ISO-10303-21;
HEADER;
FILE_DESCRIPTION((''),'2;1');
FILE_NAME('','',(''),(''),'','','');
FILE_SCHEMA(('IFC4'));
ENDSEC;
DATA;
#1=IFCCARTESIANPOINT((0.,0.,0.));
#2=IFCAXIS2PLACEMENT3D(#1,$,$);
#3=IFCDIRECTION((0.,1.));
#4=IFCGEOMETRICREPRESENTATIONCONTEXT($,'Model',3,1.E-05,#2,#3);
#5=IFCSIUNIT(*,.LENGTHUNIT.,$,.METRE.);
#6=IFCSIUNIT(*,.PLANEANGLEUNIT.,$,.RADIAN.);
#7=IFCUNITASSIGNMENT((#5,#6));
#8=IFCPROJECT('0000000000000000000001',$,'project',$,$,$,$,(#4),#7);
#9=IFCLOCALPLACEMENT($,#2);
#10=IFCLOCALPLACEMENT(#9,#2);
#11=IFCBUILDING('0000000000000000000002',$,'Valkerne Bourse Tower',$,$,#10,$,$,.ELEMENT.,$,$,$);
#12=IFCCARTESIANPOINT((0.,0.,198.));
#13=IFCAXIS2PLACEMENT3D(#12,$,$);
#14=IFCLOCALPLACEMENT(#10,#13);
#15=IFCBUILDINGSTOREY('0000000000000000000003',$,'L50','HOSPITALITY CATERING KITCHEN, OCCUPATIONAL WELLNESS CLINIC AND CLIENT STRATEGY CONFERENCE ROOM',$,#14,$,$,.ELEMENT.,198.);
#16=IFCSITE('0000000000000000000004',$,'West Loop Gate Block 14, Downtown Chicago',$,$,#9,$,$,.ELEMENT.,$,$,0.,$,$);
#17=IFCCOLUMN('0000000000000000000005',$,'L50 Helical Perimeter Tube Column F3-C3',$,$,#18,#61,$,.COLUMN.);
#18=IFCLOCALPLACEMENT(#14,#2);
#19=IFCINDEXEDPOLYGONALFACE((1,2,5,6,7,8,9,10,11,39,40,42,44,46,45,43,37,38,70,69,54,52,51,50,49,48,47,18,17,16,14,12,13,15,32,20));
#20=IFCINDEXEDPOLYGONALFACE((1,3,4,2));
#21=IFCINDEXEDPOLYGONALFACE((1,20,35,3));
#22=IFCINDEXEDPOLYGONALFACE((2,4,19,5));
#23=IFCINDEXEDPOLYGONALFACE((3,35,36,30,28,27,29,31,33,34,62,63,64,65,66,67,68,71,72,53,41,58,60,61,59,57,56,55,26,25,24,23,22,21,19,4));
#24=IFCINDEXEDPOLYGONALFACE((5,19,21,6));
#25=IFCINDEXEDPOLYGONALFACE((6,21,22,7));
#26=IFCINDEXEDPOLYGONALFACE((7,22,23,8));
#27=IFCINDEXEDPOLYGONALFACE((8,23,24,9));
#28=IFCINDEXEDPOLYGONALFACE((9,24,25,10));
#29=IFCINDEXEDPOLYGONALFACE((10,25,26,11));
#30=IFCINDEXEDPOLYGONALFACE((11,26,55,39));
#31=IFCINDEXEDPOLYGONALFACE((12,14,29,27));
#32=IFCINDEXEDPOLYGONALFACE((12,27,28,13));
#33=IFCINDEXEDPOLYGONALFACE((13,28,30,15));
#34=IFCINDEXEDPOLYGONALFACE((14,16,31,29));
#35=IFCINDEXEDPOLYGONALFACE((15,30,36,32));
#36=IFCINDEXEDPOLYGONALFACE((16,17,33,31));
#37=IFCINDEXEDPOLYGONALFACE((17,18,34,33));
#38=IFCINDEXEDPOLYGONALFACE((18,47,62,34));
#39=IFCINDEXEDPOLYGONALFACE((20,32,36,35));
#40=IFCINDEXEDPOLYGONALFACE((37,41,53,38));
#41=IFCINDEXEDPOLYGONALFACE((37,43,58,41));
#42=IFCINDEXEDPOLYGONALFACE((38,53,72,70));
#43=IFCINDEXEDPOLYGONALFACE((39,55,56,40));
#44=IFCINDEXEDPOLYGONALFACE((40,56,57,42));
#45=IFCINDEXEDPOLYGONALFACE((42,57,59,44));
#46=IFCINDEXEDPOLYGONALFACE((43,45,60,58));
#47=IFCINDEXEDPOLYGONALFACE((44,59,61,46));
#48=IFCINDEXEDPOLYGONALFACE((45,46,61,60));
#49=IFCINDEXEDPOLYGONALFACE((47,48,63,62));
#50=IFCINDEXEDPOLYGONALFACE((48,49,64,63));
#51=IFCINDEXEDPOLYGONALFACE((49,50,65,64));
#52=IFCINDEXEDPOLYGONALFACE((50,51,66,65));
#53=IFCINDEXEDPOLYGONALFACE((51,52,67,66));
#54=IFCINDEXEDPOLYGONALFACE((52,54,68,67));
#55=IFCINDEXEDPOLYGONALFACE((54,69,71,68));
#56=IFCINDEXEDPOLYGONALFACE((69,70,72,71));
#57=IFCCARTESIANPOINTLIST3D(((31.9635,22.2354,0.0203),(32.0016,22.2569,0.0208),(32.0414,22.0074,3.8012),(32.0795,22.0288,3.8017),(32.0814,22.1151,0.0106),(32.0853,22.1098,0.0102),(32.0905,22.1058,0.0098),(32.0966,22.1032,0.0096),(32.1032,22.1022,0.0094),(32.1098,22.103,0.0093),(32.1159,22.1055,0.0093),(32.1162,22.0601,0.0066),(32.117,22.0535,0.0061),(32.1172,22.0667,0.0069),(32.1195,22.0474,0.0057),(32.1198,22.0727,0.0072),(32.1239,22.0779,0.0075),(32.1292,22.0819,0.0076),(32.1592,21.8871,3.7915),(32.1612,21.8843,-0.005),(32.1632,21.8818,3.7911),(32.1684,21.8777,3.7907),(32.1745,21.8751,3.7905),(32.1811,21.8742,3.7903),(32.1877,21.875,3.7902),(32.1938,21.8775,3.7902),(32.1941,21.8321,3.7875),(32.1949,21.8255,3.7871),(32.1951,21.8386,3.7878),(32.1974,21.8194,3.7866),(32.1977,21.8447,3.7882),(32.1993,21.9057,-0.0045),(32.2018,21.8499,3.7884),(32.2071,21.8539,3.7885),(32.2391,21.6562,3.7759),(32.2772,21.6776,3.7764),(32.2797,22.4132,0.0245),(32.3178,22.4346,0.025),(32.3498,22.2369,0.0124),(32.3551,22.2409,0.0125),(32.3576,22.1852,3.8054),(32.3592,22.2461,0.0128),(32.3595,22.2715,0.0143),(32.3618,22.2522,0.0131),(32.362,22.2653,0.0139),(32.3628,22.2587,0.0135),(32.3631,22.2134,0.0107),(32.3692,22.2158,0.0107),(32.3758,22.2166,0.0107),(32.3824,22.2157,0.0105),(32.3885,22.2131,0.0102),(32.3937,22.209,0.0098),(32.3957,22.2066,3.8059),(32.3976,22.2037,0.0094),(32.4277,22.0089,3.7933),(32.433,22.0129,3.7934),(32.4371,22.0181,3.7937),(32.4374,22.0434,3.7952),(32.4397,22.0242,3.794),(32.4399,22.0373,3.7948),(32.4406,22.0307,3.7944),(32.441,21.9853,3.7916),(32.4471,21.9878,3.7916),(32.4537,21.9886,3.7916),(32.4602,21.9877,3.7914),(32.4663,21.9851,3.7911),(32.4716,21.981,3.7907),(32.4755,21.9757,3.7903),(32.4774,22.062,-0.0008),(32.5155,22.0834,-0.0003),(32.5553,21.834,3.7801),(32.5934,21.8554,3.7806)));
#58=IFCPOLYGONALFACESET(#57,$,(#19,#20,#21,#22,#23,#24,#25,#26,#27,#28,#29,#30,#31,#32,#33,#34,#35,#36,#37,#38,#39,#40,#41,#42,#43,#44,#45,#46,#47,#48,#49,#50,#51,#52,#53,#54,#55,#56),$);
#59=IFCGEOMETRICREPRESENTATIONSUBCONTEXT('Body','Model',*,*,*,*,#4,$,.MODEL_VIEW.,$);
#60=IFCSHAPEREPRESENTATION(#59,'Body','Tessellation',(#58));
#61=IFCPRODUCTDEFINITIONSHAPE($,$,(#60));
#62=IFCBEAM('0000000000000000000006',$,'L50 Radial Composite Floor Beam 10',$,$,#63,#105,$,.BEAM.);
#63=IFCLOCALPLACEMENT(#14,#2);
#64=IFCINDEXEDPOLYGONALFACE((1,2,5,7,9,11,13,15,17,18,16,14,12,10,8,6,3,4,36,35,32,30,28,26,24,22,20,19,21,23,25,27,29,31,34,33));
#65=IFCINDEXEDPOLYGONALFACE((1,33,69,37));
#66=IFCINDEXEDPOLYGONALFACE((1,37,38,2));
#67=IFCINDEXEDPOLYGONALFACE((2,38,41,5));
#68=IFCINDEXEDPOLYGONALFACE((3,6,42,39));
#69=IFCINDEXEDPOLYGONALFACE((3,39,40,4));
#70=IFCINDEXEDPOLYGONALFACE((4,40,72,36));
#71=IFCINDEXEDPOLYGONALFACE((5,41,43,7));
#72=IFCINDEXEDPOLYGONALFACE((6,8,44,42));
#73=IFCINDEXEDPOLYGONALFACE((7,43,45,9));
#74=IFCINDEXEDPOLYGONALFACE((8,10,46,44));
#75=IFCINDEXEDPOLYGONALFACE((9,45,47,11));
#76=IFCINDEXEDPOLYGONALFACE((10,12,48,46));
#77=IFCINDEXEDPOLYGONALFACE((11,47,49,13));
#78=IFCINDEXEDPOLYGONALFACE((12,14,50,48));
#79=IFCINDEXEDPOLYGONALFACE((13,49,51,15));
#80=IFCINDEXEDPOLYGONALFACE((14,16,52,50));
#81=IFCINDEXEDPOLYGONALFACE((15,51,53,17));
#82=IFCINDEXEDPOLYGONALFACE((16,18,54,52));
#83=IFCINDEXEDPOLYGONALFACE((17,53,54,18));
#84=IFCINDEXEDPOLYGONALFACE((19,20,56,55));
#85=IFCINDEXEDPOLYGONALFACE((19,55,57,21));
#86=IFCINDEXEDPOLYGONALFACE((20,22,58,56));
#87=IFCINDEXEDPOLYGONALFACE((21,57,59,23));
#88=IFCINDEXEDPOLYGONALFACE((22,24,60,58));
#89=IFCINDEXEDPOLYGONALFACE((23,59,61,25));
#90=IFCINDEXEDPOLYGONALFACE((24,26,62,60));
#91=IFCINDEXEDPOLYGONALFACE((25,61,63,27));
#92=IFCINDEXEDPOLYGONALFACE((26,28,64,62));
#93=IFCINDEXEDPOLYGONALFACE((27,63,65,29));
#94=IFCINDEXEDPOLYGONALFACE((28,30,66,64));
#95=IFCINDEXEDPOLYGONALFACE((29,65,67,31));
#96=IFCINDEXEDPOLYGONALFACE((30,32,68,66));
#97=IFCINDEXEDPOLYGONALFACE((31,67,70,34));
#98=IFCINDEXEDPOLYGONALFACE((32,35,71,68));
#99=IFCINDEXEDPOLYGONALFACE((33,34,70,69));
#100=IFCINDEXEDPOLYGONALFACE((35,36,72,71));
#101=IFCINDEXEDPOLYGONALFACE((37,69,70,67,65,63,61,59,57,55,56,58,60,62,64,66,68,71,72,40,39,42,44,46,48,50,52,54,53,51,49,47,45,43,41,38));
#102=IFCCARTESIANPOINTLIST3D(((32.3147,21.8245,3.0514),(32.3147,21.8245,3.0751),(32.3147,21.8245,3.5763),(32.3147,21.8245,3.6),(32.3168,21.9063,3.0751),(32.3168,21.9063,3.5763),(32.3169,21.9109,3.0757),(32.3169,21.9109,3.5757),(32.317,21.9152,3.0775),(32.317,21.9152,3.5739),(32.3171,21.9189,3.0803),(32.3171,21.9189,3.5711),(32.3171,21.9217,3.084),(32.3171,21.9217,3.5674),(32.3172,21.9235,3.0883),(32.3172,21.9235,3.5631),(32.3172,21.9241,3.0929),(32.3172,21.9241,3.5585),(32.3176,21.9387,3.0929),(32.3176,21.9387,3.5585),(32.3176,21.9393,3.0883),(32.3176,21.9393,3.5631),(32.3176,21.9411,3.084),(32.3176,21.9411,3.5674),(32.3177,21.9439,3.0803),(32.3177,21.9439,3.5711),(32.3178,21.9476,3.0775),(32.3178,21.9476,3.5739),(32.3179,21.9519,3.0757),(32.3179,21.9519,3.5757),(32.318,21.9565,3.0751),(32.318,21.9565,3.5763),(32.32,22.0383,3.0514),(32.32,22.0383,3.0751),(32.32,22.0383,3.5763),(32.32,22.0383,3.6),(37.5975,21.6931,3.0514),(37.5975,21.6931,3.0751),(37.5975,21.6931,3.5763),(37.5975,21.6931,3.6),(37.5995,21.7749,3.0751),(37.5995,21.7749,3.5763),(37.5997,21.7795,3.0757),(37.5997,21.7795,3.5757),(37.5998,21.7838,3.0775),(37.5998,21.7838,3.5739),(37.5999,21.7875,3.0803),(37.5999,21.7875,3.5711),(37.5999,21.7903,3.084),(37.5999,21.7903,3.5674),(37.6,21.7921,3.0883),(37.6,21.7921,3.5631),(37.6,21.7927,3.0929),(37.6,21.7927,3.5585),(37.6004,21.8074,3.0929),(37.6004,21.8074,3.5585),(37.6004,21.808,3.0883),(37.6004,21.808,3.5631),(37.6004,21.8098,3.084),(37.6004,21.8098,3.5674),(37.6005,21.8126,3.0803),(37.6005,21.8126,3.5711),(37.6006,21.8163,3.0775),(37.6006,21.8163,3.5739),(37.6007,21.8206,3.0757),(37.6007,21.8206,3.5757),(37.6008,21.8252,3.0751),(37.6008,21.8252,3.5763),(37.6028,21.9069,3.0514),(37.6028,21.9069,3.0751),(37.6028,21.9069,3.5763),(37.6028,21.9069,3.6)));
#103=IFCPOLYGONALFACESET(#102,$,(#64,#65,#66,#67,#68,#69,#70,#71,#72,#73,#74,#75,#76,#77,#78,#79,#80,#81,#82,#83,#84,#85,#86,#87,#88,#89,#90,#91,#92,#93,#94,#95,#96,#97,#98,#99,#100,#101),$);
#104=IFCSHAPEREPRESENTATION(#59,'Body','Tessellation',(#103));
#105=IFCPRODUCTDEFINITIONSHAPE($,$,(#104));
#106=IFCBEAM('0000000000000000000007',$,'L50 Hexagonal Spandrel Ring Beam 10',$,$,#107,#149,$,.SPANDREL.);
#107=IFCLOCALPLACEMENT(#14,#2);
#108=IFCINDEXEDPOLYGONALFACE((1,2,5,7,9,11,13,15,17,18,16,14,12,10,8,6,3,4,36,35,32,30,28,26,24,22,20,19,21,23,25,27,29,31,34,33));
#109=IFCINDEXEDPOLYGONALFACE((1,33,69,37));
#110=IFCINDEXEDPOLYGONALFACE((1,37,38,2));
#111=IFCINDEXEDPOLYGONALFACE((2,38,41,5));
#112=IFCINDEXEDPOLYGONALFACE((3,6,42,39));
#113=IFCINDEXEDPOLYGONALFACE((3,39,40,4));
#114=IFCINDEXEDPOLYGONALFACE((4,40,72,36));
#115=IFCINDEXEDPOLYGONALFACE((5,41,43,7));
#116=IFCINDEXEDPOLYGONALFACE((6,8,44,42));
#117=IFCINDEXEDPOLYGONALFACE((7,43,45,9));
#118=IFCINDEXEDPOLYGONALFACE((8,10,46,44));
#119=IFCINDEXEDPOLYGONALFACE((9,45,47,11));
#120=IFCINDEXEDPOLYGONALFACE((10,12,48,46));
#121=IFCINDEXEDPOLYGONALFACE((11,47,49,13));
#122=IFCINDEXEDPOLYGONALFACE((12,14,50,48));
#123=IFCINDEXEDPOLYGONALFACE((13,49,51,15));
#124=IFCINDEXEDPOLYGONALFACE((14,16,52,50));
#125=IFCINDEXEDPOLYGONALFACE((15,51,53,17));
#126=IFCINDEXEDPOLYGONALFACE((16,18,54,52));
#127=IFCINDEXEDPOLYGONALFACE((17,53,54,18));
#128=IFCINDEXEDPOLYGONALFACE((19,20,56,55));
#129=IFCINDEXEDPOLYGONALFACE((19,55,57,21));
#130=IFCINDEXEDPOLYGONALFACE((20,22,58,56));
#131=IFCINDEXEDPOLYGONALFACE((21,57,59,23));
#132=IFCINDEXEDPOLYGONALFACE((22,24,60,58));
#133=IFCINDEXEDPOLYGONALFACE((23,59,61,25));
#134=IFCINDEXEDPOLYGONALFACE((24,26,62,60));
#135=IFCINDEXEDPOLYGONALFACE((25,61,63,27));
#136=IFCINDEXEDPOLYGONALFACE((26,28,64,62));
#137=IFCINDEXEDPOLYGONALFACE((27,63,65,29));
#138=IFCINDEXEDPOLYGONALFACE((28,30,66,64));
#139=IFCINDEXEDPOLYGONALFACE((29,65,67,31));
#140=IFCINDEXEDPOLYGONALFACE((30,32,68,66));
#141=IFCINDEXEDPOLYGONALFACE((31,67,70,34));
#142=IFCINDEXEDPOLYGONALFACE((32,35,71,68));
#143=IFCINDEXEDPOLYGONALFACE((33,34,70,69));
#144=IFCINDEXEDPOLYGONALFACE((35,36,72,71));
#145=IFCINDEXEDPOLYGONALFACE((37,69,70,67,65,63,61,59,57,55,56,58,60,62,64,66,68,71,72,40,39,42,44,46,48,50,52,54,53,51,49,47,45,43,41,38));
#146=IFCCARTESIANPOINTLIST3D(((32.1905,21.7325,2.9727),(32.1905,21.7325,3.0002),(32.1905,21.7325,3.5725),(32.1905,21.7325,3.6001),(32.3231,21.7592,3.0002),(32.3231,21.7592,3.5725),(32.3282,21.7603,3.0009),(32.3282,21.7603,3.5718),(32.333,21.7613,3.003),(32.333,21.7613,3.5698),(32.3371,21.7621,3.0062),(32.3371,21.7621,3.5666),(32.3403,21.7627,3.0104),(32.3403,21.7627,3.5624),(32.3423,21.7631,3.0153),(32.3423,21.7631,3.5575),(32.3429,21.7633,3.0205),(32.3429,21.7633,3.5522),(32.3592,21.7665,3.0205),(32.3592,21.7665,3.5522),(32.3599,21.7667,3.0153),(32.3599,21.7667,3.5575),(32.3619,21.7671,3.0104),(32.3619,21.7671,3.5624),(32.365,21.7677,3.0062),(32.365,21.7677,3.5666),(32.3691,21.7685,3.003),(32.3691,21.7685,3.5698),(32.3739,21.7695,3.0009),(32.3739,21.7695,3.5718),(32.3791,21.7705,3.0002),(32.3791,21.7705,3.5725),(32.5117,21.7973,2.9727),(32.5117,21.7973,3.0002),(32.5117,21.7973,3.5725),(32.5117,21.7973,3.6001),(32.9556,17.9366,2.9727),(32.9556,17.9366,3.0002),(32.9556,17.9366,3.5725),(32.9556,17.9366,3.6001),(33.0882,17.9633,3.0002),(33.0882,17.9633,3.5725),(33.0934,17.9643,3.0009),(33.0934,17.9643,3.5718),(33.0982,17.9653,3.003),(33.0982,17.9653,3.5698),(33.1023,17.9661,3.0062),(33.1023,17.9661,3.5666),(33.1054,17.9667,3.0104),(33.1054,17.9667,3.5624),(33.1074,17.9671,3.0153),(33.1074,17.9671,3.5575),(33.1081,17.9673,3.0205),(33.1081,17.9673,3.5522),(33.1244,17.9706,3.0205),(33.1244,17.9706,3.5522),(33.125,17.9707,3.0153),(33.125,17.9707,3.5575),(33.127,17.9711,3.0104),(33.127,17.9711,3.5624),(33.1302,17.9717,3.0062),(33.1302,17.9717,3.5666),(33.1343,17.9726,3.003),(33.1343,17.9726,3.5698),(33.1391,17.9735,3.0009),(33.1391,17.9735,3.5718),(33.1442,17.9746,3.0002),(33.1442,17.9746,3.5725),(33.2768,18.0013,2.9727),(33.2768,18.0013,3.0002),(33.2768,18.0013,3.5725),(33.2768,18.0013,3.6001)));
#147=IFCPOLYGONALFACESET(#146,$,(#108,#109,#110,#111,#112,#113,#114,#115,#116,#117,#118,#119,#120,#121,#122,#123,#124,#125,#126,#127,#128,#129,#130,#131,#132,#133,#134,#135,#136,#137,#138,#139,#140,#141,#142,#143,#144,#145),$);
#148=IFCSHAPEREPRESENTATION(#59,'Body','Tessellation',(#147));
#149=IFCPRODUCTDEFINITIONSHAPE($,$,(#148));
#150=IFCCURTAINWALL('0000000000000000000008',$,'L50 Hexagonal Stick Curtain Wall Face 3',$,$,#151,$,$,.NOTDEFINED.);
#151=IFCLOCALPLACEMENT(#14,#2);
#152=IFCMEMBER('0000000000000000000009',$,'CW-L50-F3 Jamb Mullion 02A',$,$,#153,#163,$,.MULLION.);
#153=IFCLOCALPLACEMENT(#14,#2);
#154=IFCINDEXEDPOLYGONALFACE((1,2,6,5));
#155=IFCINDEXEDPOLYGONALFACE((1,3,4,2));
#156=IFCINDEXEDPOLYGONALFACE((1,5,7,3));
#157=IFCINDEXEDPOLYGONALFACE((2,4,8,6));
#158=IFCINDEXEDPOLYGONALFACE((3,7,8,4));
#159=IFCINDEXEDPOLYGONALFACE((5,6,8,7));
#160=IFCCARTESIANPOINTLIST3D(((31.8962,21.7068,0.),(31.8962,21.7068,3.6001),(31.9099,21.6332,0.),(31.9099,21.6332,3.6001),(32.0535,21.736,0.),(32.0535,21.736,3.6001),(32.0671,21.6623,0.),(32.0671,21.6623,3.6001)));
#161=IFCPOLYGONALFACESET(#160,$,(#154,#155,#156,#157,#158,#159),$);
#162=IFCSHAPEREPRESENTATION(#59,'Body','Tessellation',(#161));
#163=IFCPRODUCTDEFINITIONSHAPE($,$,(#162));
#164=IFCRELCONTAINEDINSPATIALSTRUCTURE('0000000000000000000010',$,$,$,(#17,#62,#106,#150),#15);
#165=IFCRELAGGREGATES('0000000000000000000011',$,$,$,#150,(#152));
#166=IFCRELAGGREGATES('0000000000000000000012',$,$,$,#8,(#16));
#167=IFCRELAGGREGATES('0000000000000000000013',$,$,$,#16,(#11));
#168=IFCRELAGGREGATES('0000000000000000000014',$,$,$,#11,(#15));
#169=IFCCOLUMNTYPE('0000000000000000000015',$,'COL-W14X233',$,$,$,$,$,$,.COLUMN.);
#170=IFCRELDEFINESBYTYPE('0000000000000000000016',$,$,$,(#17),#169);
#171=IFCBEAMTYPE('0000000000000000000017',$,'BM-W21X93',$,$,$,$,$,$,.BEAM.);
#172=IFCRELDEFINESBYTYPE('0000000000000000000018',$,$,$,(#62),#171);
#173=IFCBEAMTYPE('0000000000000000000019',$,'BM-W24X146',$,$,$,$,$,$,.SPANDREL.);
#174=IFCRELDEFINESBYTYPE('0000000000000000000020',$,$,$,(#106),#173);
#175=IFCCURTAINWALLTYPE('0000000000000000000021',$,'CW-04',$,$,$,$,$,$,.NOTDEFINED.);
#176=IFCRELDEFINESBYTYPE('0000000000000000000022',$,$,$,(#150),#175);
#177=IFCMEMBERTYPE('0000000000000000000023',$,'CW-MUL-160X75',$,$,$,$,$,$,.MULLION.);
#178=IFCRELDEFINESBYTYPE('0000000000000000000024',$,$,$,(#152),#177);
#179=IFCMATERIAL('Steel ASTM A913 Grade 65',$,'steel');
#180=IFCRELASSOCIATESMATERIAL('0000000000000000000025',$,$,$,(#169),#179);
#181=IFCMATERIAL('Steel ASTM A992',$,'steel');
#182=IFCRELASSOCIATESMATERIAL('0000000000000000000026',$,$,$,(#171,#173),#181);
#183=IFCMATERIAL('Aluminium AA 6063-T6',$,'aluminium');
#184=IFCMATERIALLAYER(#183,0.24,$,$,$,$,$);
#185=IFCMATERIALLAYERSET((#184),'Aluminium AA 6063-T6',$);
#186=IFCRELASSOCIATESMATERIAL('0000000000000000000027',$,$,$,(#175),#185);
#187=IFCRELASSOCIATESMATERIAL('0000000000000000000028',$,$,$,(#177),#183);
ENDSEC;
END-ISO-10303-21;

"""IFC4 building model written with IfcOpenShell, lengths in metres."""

from ifc_helpers import new_model, si_unit, direction, frame, origin, origin_2d, place, context, subcontext, project, spatial, rectangle, i_section, extrude, material, layer, layer_set, material_profile, profile_set, type_object, element, aggregate, save


model = new_model("IFC4")

# Units and contexts
model_context = context("Model", 3, precision=1e-05, world=origin(), true_north=direction((0.0, 1.0)))
body_context = subcontext(model_context, "Body", "Model", "MODEL_VIEW")
ifc_project = project(units=[si_unit("LENGTHUNIT", "METRE"), si_unit("PLANEANGLEUNIT", "RADIAN")], contexts=[model_context])

# Site, building, storey
site_placement = place(None, origin())
site = spatial("IfcSite", under=ifc_project, at=site_placement, Name="West Loop Gate Block 14, Downtown Chicago", CompositionType="ELEMENT", RefElevation=0.0)
building_placement = place(site_placement, origin())
building = spatial("IfcBuilding", under=site, at=building_placement, Name="Valkerne Bourse Tower", CompositionType="ELEMENT")
storey_placement = place(building_placement, frame((0.0, 0.0, 198.0)))
storey = spatial("IfcBuildingStorey", under=building, at=storey_placement, Name="L50", Description="HOSPITALITY CATERING KITCHEN, OCCUPATIONAL WELLNESS CLINIC AND CLIENT STRATEGY CONFERENCE ROOM", CompositionType="ELEMENT", Elevation=198.0)

# Column
ifc_material_1 = material(Name="Steel ASTM A913 Grade 65", Category="steel")
ifc_material_profile_1 = material_profile(ifc_material_1, i_section(OverallWidth=0.4038, OverallDepth=0.4065, WebThickness=0.0271, FlangeThickness=0.0437, FilletRadius=0.0254, at=origin_2d()), Name="W14X233")
ifc_profile_set_1 = profile_set([ifc_material_profile_1], Name="Steel ASTM A913 Grade 65")
column_type = type_object("IfcColumnType", Name="COL-W14X233", PredefinedType="COLUMN", material=ifc_profile_set_1)
column_placement = place(storey_placement, frame((32.2395, 22.1594, 0.01), z_axis=(0.020556, -0.060187, 0.997975), x_axis=(0.489609, -0.869697, -0.062535)))
element("IfcColumn", 1, at=column_placement, inside=storey, type_object=column_type, Name="L50 Helical Perimeter Tube Column F3-C3", PredefinedType="COLUMN", context=body_context, shape_type="SweptSolid", body=[
    extrude(i_section(OverallWidth=0.4038, OverallDepth=0.4065, WebThickness=0.0271, FlangeThickness=0.0437, FilletRadius=0.0254, at=origin_2d()), origin(), (0.0, 0.0, 1.0), 3.7886),
])

# Beams
ifc_material_2 = material(Name="Steel ASTM A992", Category="steel")
ifc_material_profile_2 = material_profile(ifc_material_2, i_section(OverallWidth=0.2139, OverallDepth=0.5486, WebThickness=0.0146, FlangeThickness=0.0237, FilletRadius=0.0178, at=origin_2d()), Name="W21X93")
ifc_profile_set_2 = profile_set([ifc_material_profile_2], Name="Steel ASTM A992")
beam_type_1 = type_object("IfcBeamType", Name="BM-W21X93", PredefinedType="BEAM", material=ifc_profile_set_2)
beam_1_placement = place(storey_placement, frame((32.3174, 21.9314, 3.3257), z_axis=(0.999691, -0.024856, 0.0), x_axis=(0.024856, 0.999691, 0.0)))
element("IfcBeam", 2, at=beam_1_placement, inside=storey, type_object=beam_type_1, Name="L50 Radial Composite Floor Beam 10", PredefinedType="BEAM", context=body_context, shape_type="SweptSolid", body=[
    extrude(i_section(OverallWidth=0.2139, OverallDepth=0.5486, WebThickness=0.0146, FlangeThickness=0.0237, FilletRadius=0.0178, at=origin_2d()), origin(), (0.0, 0.0, 1.0), 5.2844),
])
ifc_material_profile_3 = material_profile(ifc_material_2, i_section(OverallWidth=0.3276, OverallDepth=0.6274, WebThickness=0.0166, FlangeThickness=0.0276, FilletRadius=0.0203, at=origin_2d()), Name="W24X146")
ifc_profile_set_3 = profile_set([ifc_material_profile_3], Name="Steel ASTM A992")
beam_type_2 = type_object("IfcBeamType", Name="BM-W24X146", PredefinedType="SPANDREL", material=ifc_profile_set_3)
beam_2_placement = place(storey_placement, frame((32.3511, 21.7649, 3.2864), z_axis=(0.197595, -0.980284, 0.0), x_axis=(0.980284, 0.197595, 0.0)))
element("IfcBeam", 3, at=beam_2_placement, inside=storey, type_object=beam_type_2, Name="L50 Hexagonal Spandrel Ring Beam 10", PredefinedType="SPANDREL", context=body_context, shape_type="SweptSolid", body=[
    extrude(i_section(OverallWidth=0.3276, OverallDepth=0.6274, WebThickness=0.0166, FlangeThickness=0.0276, FilletRadius=0.0203, at=origin_2d()), origin(), (0.0, 0.0, 1.0), 3.8723),
])

# Curtain wall, member
ifc_material_3 = material(Name="Aluminium AA 6063-T6", Category="aluminium")
ifc_layer_1 = layer(ifc_material_3, 0.24)
ifc_layer_set_1 = layer_set([ifc_layer_1], Name="Aluminium AA 6063-T6")
curtain_wall_type = type_object("IfcCurtainWallType", Name="CW-04", PredefinedType="NOTDEFINED", material=ifc_layer_set_1)
curtain_wall_placement = place(storey_placement, origin())
curtain_wall = element("IfcCurtainWall", 4, at=curtain_wall_placement, inside=storey, type_object=curtain_wall_type, Name="L50 Hexagonal Stick Curtain Wall Face 3", PredefinedType="NOTDEFINED")
ifc_material_profile_4 = material_profile(ifc_material_3, rectangle(XDim=0.075, YDim=0.1599, at=origin_2d()), Name="CWM-75X160")
ifc_profile_set_4 = profile_set([ifc_material_profile_4], Name="Aluminium AA 6063-T6")
member_type_1 = type_object("IfcMemberType", Name="CW-MUL-160X75", PredefinedType="MULLION", material=ifc_profile_set_4)
member_1_placement = place(storey_placement, frame((31.9817, 21.6846, 0.0), z_axis=(0.0, 0.0, 1.0), x_axis=(0.18224, -0.983254, 0.0)))
member_1 = element("IfcMember", 5, at=member_1_placement, type_object=member_type_1, Name="CW-L50-F3 Jamb Mullion 02A", PredefinedType="MULLION", context=body_context, shape_type="SweptSolid", body=[
    extrude(rectangle(XDim=0.075, YDim=0.1599, at=origin_2d()), origin(), (0.0, 0.0, 1.0), 3.6001),
])

aggregate(curtain_wall, [member_1])

save(model, "model.ifc")
